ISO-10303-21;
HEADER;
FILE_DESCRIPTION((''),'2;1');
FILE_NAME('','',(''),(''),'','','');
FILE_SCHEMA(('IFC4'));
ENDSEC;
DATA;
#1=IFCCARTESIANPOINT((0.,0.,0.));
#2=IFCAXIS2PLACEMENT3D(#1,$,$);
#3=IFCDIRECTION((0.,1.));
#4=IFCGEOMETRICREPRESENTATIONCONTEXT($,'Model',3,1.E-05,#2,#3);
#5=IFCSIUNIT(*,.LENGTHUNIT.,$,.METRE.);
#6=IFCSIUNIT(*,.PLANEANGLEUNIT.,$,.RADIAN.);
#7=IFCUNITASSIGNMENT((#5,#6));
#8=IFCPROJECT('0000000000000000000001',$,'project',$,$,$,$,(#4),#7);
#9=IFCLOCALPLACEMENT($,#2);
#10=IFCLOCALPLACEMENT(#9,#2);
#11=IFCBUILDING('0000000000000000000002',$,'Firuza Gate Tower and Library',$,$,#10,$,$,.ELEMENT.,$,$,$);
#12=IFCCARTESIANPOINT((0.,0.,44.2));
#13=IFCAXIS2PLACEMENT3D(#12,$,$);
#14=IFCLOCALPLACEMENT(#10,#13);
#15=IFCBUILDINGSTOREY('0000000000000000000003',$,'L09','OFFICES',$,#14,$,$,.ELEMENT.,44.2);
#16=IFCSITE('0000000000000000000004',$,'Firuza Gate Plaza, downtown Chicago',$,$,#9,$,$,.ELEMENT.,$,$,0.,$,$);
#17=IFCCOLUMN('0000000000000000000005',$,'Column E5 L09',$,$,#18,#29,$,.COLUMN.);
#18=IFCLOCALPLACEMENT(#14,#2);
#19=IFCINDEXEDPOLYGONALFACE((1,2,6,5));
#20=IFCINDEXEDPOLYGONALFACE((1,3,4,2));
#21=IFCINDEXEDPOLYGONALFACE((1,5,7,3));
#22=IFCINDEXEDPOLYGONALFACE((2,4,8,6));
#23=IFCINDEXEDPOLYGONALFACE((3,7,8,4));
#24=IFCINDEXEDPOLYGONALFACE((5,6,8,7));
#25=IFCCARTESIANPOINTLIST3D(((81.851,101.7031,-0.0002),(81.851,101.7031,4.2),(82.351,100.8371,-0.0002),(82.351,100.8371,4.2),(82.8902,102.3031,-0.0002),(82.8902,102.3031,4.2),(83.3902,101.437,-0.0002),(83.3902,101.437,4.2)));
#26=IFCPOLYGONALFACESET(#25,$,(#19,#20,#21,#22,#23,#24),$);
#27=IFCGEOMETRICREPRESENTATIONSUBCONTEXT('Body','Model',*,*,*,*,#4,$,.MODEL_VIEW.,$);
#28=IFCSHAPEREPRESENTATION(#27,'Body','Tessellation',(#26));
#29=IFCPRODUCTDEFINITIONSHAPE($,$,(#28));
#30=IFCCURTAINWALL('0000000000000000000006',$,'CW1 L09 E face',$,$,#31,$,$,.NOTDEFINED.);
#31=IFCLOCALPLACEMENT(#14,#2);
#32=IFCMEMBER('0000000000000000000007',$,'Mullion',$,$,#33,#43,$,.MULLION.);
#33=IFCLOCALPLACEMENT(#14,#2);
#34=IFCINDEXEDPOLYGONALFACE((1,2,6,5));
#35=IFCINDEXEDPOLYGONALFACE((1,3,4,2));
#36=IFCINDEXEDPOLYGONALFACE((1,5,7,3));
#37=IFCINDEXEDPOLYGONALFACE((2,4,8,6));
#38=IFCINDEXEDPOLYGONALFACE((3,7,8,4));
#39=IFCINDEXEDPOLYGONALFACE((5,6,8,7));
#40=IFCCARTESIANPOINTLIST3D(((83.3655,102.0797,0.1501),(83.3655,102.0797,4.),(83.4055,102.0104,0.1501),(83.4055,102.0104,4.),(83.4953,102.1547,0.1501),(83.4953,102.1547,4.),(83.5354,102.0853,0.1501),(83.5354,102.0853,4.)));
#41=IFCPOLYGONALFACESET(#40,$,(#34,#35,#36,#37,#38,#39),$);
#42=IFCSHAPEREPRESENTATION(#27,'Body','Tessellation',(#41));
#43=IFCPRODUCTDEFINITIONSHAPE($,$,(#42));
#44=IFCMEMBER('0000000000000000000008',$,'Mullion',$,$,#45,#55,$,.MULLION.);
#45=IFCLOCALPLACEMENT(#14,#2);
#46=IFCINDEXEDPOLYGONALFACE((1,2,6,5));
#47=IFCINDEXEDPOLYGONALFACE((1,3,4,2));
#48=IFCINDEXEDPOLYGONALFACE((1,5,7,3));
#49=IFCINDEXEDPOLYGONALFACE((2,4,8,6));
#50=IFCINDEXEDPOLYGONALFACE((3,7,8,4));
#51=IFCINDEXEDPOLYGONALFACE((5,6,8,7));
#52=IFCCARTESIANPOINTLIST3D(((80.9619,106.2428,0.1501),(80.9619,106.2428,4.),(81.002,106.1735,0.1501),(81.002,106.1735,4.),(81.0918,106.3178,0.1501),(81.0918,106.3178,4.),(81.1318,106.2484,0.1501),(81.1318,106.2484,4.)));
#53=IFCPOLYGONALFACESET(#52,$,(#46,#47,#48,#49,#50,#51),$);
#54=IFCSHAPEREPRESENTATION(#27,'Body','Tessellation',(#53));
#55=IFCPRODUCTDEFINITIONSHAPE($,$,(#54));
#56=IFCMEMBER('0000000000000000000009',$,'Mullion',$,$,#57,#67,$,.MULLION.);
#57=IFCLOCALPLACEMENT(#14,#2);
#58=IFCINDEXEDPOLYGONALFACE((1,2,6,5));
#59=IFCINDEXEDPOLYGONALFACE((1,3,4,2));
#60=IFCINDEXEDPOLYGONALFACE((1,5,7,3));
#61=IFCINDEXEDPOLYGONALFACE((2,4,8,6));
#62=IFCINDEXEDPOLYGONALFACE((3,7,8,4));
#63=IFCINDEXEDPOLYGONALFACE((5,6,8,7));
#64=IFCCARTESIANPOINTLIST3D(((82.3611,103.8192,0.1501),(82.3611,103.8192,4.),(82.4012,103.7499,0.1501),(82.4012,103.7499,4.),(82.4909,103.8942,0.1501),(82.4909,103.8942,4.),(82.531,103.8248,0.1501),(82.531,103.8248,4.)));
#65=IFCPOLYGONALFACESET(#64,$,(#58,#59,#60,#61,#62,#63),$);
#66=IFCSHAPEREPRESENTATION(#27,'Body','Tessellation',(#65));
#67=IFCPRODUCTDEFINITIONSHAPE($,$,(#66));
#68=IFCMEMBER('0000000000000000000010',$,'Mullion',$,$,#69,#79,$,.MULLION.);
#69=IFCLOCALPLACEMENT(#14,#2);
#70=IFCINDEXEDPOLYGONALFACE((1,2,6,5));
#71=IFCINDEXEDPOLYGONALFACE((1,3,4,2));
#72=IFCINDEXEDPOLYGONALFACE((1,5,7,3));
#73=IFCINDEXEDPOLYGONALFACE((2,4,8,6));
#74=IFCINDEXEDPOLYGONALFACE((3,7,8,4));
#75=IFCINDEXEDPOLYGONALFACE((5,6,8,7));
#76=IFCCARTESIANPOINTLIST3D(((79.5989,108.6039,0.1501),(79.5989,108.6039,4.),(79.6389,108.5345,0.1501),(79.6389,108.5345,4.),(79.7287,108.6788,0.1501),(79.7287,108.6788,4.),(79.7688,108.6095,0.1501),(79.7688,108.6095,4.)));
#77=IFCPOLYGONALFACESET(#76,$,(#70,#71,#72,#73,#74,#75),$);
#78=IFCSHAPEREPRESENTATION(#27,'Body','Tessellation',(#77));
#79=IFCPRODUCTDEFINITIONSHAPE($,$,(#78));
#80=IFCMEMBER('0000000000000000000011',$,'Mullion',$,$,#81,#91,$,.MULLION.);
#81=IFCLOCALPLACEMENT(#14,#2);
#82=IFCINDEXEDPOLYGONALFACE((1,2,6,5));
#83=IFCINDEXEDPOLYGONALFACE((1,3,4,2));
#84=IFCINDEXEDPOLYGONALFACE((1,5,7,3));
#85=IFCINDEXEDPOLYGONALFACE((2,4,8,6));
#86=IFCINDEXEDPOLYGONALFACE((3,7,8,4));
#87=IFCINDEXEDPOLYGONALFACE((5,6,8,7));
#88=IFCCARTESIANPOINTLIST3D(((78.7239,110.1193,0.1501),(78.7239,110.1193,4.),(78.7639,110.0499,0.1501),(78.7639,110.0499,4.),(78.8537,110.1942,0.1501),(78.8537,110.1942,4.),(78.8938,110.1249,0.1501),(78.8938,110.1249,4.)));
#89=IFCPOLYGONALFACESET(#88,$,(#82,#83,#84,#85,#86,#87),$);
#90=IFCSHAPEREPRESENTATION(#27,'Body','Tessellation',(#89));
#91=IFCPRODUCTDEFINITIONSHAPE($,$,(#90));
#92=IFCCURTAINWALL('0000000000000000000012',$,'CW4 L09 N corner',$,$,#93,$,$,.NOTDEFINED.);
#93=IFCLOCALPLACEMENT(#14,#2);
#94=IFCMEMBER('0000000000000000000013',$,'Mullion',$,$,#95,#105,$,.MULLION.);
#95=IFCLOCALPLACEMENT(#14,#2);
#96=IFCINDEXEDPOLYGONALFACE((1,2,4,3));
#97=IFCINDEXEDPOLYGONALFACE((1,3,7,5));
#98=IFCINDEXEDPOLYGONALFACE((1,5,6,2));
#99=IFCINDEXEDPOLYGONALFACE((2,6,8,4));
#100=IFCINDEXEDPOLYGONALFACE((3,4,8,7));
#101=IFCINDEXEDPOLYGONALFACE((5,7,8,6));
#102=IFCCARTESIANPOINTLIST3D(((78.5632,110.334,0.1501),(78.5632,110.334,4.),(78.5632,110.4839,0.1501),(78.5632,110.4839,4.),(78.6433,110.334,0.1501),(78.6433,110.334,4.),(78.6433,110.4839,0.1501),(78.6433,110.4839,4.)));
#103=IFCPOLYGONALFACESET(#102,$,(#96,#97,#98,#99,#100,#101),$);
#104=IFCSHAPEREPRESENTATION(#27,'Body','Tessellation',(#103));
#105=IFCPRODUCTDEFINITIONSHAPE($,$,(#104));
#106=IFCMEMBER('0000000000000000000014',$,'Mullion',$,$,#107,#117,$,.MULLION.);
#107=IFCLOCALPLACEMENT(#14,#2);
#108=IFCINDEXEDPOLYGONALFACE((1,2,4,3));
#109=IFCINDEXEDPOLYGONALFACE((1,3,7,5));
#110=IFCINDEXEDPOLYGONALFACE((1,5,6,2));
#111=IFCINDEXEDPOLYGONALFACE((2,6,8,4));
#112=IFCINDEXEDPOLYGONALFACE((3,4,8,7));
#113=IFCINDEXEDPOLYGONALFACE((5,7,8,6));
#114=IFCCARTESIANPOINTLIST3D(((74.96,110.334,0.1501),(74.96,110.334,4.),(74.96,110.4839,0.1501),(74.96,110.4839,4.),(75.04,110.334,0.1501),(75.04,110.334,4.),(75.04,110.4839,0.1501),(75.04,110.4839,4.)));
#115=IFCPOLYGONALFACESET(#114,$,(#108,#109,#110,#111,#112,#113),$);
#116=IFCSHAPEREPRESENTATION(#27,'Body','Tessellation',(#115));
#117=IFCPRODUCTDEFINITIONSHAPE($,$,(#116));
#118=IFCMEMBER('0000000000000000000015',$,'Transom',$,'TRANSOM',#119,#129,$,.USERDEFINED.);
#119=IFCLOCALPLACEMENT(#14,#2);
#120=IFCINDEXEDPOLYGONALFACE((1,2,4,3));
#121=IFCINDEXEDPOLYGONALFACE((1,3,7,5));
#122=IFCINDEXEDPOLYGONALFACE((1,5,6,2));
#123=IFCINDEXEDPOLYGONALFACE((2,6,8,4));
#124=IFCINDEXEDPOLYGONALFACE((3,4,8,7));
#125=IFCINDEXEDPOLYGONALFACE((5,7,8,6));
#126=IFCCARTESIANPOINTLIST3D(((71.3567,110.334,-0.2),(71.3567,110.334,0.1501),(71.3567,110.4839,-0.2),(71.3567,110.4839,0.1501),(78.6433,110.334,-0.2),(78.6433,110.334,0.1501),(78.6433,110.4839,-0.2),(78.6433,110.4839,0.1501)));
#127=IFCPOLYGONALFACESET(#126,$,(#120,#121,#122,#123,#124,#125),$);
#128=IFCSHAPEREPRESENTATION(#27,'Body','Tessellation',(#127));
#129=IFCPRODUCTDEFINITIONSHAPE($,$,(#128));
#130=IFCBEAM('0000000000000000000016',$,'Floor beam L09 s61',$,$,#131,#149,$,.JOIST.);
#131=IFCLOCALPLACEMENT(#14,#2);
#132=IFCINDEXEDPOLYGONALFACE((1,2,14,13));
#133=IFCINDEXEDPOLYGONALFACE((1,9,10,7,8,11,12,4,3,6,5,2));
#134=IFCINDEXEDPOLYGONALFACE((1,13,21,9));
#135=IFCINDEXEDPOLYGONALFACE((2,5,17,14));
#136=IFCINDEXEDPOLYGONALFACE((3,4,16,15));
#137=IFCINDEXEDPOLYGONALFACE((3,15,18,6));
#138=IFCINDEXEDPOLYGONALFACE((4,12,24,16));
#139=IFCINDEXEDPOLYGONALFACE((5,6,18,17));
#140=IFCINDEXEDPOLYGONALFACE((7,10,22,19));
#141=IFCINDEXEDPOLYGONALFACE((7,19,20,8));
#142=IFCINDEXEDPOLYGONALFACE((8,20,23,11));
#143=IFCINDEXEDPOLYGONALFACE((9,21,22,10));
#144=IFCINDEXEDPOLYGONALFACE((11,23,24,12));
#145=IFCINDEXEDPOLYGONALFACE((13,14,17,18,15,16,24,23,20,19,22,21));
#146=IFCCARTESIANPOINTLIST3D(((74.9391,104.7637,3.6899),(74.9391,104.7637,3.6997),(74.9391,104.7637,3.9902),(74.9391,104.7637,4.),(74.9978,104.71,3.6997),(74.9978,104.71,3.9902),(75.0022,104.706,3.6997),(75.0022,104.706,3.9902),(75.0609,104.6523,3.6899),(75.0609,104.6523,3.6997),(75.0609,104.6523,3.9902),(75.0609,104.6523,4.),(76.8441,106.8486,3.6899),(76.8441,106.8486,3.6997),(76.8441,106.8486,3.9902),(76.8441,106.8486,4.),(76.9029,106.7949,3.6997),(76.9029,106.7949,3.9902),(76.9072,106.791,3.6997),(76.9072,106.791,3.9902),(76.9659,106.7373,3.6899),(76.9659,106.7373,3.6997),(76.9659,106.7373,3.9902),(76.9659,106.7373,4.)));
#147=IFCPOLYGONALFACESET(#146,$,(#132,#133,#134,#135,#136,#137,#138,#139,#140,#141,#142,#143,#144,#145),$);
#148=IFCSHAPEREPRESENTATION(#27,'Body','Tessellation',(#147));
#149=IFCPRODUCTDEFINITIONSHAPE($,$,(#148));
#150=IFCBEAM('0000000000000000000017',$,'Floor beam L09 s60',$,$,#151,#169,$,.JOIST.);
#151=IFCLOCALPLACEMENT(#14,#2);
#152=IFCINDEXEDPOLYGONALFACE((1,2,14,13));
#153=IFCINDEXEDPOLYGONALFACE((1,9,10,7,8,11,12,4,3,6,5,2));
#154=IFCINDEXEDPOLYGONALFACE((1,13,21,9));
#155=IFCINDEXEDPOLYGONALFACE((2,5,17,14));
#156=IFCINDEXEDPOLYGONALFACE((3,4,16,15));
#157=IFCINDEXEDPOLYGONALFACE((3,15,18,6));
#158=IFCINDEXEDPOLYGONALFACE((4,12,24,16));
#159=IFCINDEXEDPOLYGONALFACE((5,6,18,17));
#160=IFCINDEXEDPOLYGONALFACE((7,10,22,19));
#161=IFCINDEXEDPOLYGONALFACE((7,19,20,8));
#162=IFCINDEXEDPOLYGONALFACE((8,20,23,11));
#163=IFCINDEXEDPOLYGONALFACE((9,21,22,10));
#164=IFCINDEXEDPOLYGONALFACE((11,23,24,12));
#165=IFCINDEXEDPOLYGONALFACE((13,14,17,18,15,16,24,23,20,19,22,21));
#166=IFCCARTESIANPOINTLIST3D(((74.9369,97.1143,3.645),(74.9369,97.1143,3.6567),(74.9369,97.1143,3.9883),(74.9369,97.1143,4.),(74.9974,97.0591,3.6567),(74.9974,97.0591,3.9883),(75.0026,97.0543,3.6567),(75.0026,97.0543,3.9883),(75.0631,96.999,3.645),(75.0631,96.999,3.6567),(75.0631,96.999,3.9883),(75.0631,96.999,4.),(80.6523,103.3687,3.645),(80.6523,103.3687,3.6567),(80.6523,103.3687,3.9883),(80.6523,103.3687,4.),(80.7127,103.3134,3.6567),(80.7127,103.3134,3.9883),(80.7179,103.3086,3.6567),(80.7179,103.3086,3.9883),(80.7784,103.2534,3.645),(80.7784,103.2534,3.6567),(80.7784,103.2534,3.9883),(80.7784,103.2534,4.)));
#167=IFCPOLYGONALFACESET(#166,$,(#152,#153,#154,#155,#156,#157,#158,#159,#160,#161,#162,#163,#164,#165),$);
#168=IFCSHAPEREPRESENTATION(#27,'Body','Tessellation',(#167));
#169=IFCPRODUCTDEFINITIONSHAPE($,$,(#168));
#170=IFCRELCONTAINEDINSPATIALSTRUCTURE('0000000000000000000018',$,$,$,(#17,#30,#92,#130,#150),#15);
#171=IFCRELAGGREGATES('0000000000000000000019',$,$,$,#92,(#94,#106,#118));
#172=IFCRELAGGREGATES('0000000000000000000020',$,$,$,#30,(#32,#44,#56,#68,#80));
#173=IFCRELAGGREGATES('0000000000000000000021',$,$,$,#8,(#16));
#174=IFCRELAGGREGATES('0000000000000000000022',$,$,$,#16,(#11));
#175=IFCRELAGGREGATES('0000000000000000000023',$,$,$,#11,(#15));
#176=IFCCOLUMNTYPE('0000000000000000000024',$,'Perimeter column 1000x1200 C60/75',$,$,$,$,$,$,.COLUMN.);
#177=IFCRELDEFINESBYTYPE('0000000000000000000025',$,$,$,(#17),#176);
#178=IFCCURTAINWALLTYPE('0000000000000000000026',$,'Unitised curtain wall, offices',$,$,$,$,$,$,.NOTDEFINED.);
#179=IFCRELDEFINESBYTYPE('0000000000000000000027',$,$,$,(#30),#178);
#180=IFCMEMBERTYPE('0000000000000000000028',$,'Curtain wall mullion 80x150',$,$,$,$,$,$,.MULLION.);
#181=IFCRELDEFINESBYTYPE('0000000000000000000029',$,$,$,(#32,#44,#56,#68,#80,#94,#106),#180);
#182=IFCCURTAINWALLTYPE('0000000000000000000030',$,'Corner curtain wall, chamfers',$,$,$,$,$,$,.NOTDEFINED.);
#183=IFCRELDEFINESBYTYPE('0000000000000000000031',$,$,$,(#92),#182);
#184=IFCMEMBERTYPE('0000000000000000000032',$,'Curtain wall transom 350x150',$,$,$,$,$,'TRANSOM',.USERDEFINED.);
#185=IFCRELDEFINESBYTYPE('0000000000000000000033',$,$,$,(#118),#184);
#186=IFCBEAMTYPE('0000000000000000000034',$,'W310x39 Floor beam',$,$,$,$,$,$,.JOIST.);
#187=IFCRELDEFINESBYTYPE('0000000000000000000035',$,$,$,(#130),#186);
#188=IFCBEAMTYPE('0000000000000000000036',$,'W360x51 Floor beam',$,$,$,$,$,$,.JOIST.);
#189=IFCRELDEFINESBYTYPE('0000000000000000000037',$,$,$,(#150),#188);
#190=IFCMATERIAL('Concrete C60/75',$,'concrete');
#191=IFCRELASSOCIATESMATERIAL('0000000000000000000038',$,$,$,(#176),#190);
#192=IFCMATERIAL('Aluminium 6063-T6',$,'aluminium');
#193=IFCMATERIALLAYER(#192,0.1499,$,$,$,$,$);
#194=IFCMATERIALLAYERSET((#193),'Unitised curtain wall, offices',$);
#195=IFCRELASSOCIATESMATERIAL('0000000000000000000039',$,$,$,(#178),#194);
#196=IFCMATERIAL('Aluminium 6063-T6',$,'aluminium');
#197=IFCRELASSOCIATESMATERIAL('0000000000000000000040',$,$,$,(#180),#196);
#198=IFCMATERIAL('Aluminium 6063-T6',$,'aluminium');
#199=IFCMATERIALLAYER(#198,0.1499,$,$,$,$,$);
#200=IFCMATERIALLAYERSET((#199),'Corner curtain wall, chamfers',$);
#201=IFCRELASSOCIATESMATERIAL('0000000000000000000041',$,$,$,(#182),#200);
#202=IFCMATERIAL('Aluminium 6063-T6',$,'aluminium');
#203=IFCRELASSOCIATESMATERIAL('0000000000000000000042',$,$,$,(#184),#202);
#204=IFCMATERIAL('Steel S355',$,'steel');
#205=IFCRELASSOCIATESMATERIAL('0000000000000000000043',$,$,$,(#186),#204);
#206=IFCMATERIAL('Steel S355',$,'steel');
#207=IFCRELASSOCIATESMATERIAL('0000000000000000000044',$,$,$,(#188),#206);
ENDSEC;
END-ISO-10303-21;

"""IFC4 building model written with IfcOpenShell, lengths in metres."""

from ifc_helpers import new_model, si_unit, direction, frame, origin, origin_2d, place, context, subcontext, project, spatial, rectangle, i_section, extrude, material, layer, layer_set, material_profile, profile_set, type_object, element, aggregate, save


model = new_model("IFC4")

# Units and contexts
model_context = context("Model", 3, precision=1e-05, world=origin(), true_north=direction((0.0, 1.0)))
body_context = subcontext(model_context, "Body", "Model", "MODEL_VIEW")
ifc_project = project(units=[si_unit("LENGTHUNIT", "METRE"), si_unit("PLANEANGLEUNIT", "RADIAN")], contexts=[model_context])

# Site, building, storey
site_placement = place(None, origin())
site = spatial("IfcSite", under=ifc_project, at=site_placement, Name="Firuza Gate Plaza, downtown Chicago", CompositionType="ELEMENT", RefElevation=0.0)
building_placement = place(site_placement, origin())
building = spatial("IfcBuilding", under=site, at=building_placement, Name="Firuza Gate Tower and Library", CompositionType="ELEMENT")
storey_placement = place(building_placement, frame((0.0, 0.0, 44.2)))
storey = spatial("IfcBuildingStorey", under=building, at=storey_placement, Name="L09", Description="OFFICES", CompositionType="ELEMENT", Elevation=44.2)

# Column
ifc_material_1 = material(Name="Concrete C60/75", Category="concrete")
ifc_material_profile_1 = material_profile(ifc_material_1, rectangle(XDim=1.0, YDim=1.2, at=origin_2d()))
ifc_profile_set_1 = profile_set([ifc_material_profile_1], Name="Concrete C60/75")
column_type = type_object("IfcColumnType", Name="Perimeter column 1000x1200 C60/75", PredefinedType="COLUMN", material=ifc_profile_set_1)
column_placement = place(storey_placement, frame((82.6206, 101.5701, -0.0002), z_axis=(0.0, 0.0, 1.0), x_axis=(-0.5, 0.866025, 0.0)))
element("IfcColumn", 1, at=column_placement, inside=storey, type_object=column_type, Name="Column E5 L09", PredefinedType="COLUMN", context=body_context, shape_type="SweptSolid", body=[
    extrude(rectangle(XDim=1.0, YDim=1.2, at=origin_2d()), origin(), (0.0, 0.0, 1.0), 4.2002),
])

# Curtain walls, members
ifc_material_2 = material(Name="Aluminium 6063-T6", Category="aluminium")
ifc_layer_1 = layer(ifc_material_2, 0.1499)
ifc_layer_set_1 = layer_set([ifc_layer_1], Name="Unitised curtain wall, offices")
curtain_wall_type_1 = type_object("IfcCurtainWallType", Name="Unitised curtain wall, offices", PredefinedType="NOTDEFINED", material=ifc_layer_set_1)
placement = place(storey_placement, origin())
curtain_wall_1 = element("IfcCurtainWall", 2, at=placement, inside=storey, type_object=curtain_wall_type_1, Name="CW1 L09 E face", PredefinedType="NOTDEFINED")
ifc_material_3 = material(Name="Aluminium 6063-T6", Category="aluminium")
ifc_material_profile_2 = material_profile(ifc_material_3, rectangle(XDim=0.1499, YDim=0.0801, at=origin_2d()))
ifc_profile_set_2 = profile_set([ifc_material_profile_2], Name="Aluminium 6063-T6")
member_type_1 = type_object("IfcMemberType", Name="Curtain wall mullion 80x150", PredefinedType="MULLION", material=ifc_profile_set_2)
member_1_placement = place(storey_placement, frame((83.4504, 102.0825, 0.1501), z_axis=(0.0, 0.0, 1.0), x_axis=(-0.866025, -0.5, 0.0)))
member_1 = element("IfcMember", 3, at=member_1_placement, type_object=member_type_1, Name="Mullion", PredefinedType="MULLION", context=body_context, shape_type="SweptSolid", body=[
    extrude(rectangle(XDim=0.1499, YDim=0.0801, at=origin_2d()), origin(), (0.0, 0.0, 1.0), 3.8499),
])
member_2_placement = place(storey_placement, frame((81.0469, 106.2456, 0.1501), z_axis=(0.0, 0.0, 1.0), x_axis=(-0.866025, -0.5, 0.0)))
member_2 = element("IfcMember", 4, at=member_2_placement, type_object=member_type_1, Name="Mullion", PredefinedType="MULLION", context=body_context, shape_type="SweptSolid", body=[
    extrude(rectangle(XDim=0.1499, YDim=0.0801, at=origin_2d()), origin(), (0.0, 0.0, 1.0), 3.8499),
])
member_3_placement = place(storey_placement, frame((82.446, 103.822, 0.1501), z_axis=(0.0, 0.0, 1.0), x_axis=(-0.866025, -0.5, 0.0)))
member_3 = element("IfcMember", 5, at=member_3_placement, type_object=member_type_1, Name="Mullion", PredefinedType="MULLION", context=body_context, shape_type="SweptSolid", body=[
    extrude(rectangle(XDim=0.1499, YDim=0.0801, at=origin_2d()), origin(), (0.0, 0.0, 1.0), 3.8499),
])
member_4_placement = place(storey_placement, frame((79.6838, 108.6067, 0.1501), z_axis=(0.0, 0.0, 1.0), x_axis=(-0.866025, -0.5, 0.0)))
member_4 = element("IfcMember", 6, at=member_4_placement, type_object=member_type_1, Name="Mullion", PredefinedType="MULLION", context=body_context, shape_type="SweptSolid", body=[
    extrude(rectangle(XDim=0.1499, YDim=0.0801, at=origin_2d()), origin(), (0.0, 0.0, 1.0), 3.8499),
])
member_5_placement = place(storey_placement, frame((78.8088, 110.1221, 0.1501), z_axis=(0.0, 0.0, 1.0), x_axis=(-0.866025, -0.5, 0.0)))
member_5 = element("IfcMember", 7, at=member_5_placement, type_object=member_type_1, Name="Mullion", PredefinedType="MULLION", context=body_context, shape_type="SweptSolid", body=[
    extrude(rectangle(XDim=0.1499, YDim=0.0801, at=origin_2d()), origin(), (0.0, 0.0, 1.0), 3.8499),
])
ifc_material_4 = material(Name="Aluminium 6063-T6", Category="aluminium")
ifc_layer_2 = layer(ifc_material_4, 0.1499)
ifc_layer_set_2 = layer_set([ifc_layer_2], Name="Corner curtain wall, chamfers")
curtain_wall_type_2 = type_object("IfcCurtainWallType", Name="Corner curtain wall, chamfers", PredefinedType="NOTDEFINED", material=ifc_layer_set_2)
curtain_wall_2 = element("IfcCurtainWall", 8, at=placement, inside=storey, type_object=curtain_wall_type_2, Name="CW4 L09 N corner", PredefinedType="NOTDEFINED")
member_6_placement = place(storey_placement, frame((78.6033, 110.4089, 0.1501), z_axis=(0.0, 0.0, 1.0), x_axis=(0.0, -1.0, 0.0)))
member_6 = element("IfcMember", 9, at=member_6_placement, type_object=member_type_1, Name="Mullion", PredefinedType="MULLION", context=body_context, shape_type="SweptSolid", body=[
    extrude(rectangle(XDim=0.1499, YDim=0.0801, at=origin_2d()), origin(), (0.0, 0.0, 1.0), 3.8499),
])
member_7_placement = place(storey_placement, frame((75.0, 110.4089, 0.1501), z_axis=(0.0, 0.0, 1.0), x_axis=(0.0, -1.0, 0.0)))
member_7 = element("IfcMember", 10, at=member_7_placement, type_object=member_type_1, Name="Mullion", PredefinedType="MULLION", context=body_context, shape_type="SweptSolid", body=[
    extrude(rectangle(XDim=0.1499, YDim=0.0801, at=origin_2d()), origin(), (0.0, 0.0, 1.0), 3.8499),
])
ifc_material_5 = material(Name="Aluminium 6063-T6", Category="aluminium")
ifc_material_profile_3 = material_profile(ifc_material_5, rectangle(XDim=0.1499, YDim=0.3501, at=origin_2d()))
ifc_profile_set_3 = profile_set([ifc_material_profile_3], Name="Aluminium 6063-T6")
member_type_2 = type_object("IfcMemberType", Name="Curtain wall transom 350x150", ElementType="TRANSOM", PredefinedType="USERDEFINED", material=ifc_profile_set_3)
member_8_placement = place(storey_placement, frame((78.6433, 110.4089, -0.0249), z_axis=(-1.0, 0.0, 0.0), x_axis=(0.0, -1.0, 0.0)))
member_8 = element("IfcMember", 11, at=member_8_placement, type_object=member_type_2, Name="Transom", ObjectType="TRANSOM", PredefinedType="USERDEFINED", context=body_context, shape_type="SweptSolid", body=[
    extrude(rectangle(XDim=0.1499, YDim=0.3501, at=origin_2d()), origin(), (0.0, 0.0, 1.0), 7.2866),
])

# Beams
ifc_material_6 = material(Name="Steel S355", Category="steel")
ifc_material_profile_4 = material_profile(ifc_material_6, i_section(OverallWidth=0.165, OverallDepth=0.3101, WebThickness=0.0059, FlangeThickness=0.0098, at=origin_2d()))
ifc_profile_set_4 = profile_set([ifc_material_profile_4], Name="Steel S355")
beam_type_1 = type_object("IfcBeamType", Name="W310x39 Floor beam", PredefinedType="JOIST", material=ifc_profile_set_4)
beam_1_placement = place(storey_placement, frame((76.905, 106.793, 3.845), z_axis=(-0.674534, -0.738244, 0.0), x_axis=(0.738244, -0.674534, 0.0)))
element("IfcBeam", 12, at=beam_1_placement, inside=storey, type_object=beam_type_1, Name="Floor beam L09 s61", PredefinedType="JOIST", context=body_context, shape_type="SweptSolid", body=[
    extrude(i_section(OverallWidth=0.165, OverallDepth=0.3101, WebThickness=0.0059, FlangeThickness=0.0098, at=origin_2d()), origin(), (0.0, 0.0, 1.0), 2.8242),
])
ifc_material_7 = material(Name="Steel S355", Category="steel")
ifc_material_profile_5 = material_profile(ifc_material_7, i_section(OverallWidth=0.1709, OverallDepth=0.355, WebThickness=0.0071, FlangeThickness=0.0117, at=origin_2d()))
ifc_profile_set_5 = profile_set([ifc_material_profile_5], Name="Steel S355")
beam_type_2 = type_object("IfcBeamType", Name="W360x51 Floor beam", PredefinedType="JOIST", material=ifc_profile_set_5)
beam_2_placement = place(storey_placement, frame((80.7153, 103.311, 3.8225), z_axis=(-0.674578, -0.738203, 0.0), x_axis=(0.738203, -0.674578, 0.0)))
element("IfcBeam", 13, at=beam_2_placement, inside=storey, type_object=beam_type_2, Name="Floor beam L09 s60", PredefinedType="JOIST", context=body_context, shape_type="SweptSolid", body=[
    extrude(i_section(OverallWidth=0.1709, OverallDepth=0.355, WebThickness=0.0071, FlangeThickness=0.0117, at=origin_2d()), origin(), (0.0, 0.0, 1.0), 8.4724),
])

aggregate(curtain_wall_2, [member_6, member_7, member_8])
aggregate(curtain_wall_1, [member_1, member_2, member_3, member_4, member_5])

save(model, "model.ifc")
